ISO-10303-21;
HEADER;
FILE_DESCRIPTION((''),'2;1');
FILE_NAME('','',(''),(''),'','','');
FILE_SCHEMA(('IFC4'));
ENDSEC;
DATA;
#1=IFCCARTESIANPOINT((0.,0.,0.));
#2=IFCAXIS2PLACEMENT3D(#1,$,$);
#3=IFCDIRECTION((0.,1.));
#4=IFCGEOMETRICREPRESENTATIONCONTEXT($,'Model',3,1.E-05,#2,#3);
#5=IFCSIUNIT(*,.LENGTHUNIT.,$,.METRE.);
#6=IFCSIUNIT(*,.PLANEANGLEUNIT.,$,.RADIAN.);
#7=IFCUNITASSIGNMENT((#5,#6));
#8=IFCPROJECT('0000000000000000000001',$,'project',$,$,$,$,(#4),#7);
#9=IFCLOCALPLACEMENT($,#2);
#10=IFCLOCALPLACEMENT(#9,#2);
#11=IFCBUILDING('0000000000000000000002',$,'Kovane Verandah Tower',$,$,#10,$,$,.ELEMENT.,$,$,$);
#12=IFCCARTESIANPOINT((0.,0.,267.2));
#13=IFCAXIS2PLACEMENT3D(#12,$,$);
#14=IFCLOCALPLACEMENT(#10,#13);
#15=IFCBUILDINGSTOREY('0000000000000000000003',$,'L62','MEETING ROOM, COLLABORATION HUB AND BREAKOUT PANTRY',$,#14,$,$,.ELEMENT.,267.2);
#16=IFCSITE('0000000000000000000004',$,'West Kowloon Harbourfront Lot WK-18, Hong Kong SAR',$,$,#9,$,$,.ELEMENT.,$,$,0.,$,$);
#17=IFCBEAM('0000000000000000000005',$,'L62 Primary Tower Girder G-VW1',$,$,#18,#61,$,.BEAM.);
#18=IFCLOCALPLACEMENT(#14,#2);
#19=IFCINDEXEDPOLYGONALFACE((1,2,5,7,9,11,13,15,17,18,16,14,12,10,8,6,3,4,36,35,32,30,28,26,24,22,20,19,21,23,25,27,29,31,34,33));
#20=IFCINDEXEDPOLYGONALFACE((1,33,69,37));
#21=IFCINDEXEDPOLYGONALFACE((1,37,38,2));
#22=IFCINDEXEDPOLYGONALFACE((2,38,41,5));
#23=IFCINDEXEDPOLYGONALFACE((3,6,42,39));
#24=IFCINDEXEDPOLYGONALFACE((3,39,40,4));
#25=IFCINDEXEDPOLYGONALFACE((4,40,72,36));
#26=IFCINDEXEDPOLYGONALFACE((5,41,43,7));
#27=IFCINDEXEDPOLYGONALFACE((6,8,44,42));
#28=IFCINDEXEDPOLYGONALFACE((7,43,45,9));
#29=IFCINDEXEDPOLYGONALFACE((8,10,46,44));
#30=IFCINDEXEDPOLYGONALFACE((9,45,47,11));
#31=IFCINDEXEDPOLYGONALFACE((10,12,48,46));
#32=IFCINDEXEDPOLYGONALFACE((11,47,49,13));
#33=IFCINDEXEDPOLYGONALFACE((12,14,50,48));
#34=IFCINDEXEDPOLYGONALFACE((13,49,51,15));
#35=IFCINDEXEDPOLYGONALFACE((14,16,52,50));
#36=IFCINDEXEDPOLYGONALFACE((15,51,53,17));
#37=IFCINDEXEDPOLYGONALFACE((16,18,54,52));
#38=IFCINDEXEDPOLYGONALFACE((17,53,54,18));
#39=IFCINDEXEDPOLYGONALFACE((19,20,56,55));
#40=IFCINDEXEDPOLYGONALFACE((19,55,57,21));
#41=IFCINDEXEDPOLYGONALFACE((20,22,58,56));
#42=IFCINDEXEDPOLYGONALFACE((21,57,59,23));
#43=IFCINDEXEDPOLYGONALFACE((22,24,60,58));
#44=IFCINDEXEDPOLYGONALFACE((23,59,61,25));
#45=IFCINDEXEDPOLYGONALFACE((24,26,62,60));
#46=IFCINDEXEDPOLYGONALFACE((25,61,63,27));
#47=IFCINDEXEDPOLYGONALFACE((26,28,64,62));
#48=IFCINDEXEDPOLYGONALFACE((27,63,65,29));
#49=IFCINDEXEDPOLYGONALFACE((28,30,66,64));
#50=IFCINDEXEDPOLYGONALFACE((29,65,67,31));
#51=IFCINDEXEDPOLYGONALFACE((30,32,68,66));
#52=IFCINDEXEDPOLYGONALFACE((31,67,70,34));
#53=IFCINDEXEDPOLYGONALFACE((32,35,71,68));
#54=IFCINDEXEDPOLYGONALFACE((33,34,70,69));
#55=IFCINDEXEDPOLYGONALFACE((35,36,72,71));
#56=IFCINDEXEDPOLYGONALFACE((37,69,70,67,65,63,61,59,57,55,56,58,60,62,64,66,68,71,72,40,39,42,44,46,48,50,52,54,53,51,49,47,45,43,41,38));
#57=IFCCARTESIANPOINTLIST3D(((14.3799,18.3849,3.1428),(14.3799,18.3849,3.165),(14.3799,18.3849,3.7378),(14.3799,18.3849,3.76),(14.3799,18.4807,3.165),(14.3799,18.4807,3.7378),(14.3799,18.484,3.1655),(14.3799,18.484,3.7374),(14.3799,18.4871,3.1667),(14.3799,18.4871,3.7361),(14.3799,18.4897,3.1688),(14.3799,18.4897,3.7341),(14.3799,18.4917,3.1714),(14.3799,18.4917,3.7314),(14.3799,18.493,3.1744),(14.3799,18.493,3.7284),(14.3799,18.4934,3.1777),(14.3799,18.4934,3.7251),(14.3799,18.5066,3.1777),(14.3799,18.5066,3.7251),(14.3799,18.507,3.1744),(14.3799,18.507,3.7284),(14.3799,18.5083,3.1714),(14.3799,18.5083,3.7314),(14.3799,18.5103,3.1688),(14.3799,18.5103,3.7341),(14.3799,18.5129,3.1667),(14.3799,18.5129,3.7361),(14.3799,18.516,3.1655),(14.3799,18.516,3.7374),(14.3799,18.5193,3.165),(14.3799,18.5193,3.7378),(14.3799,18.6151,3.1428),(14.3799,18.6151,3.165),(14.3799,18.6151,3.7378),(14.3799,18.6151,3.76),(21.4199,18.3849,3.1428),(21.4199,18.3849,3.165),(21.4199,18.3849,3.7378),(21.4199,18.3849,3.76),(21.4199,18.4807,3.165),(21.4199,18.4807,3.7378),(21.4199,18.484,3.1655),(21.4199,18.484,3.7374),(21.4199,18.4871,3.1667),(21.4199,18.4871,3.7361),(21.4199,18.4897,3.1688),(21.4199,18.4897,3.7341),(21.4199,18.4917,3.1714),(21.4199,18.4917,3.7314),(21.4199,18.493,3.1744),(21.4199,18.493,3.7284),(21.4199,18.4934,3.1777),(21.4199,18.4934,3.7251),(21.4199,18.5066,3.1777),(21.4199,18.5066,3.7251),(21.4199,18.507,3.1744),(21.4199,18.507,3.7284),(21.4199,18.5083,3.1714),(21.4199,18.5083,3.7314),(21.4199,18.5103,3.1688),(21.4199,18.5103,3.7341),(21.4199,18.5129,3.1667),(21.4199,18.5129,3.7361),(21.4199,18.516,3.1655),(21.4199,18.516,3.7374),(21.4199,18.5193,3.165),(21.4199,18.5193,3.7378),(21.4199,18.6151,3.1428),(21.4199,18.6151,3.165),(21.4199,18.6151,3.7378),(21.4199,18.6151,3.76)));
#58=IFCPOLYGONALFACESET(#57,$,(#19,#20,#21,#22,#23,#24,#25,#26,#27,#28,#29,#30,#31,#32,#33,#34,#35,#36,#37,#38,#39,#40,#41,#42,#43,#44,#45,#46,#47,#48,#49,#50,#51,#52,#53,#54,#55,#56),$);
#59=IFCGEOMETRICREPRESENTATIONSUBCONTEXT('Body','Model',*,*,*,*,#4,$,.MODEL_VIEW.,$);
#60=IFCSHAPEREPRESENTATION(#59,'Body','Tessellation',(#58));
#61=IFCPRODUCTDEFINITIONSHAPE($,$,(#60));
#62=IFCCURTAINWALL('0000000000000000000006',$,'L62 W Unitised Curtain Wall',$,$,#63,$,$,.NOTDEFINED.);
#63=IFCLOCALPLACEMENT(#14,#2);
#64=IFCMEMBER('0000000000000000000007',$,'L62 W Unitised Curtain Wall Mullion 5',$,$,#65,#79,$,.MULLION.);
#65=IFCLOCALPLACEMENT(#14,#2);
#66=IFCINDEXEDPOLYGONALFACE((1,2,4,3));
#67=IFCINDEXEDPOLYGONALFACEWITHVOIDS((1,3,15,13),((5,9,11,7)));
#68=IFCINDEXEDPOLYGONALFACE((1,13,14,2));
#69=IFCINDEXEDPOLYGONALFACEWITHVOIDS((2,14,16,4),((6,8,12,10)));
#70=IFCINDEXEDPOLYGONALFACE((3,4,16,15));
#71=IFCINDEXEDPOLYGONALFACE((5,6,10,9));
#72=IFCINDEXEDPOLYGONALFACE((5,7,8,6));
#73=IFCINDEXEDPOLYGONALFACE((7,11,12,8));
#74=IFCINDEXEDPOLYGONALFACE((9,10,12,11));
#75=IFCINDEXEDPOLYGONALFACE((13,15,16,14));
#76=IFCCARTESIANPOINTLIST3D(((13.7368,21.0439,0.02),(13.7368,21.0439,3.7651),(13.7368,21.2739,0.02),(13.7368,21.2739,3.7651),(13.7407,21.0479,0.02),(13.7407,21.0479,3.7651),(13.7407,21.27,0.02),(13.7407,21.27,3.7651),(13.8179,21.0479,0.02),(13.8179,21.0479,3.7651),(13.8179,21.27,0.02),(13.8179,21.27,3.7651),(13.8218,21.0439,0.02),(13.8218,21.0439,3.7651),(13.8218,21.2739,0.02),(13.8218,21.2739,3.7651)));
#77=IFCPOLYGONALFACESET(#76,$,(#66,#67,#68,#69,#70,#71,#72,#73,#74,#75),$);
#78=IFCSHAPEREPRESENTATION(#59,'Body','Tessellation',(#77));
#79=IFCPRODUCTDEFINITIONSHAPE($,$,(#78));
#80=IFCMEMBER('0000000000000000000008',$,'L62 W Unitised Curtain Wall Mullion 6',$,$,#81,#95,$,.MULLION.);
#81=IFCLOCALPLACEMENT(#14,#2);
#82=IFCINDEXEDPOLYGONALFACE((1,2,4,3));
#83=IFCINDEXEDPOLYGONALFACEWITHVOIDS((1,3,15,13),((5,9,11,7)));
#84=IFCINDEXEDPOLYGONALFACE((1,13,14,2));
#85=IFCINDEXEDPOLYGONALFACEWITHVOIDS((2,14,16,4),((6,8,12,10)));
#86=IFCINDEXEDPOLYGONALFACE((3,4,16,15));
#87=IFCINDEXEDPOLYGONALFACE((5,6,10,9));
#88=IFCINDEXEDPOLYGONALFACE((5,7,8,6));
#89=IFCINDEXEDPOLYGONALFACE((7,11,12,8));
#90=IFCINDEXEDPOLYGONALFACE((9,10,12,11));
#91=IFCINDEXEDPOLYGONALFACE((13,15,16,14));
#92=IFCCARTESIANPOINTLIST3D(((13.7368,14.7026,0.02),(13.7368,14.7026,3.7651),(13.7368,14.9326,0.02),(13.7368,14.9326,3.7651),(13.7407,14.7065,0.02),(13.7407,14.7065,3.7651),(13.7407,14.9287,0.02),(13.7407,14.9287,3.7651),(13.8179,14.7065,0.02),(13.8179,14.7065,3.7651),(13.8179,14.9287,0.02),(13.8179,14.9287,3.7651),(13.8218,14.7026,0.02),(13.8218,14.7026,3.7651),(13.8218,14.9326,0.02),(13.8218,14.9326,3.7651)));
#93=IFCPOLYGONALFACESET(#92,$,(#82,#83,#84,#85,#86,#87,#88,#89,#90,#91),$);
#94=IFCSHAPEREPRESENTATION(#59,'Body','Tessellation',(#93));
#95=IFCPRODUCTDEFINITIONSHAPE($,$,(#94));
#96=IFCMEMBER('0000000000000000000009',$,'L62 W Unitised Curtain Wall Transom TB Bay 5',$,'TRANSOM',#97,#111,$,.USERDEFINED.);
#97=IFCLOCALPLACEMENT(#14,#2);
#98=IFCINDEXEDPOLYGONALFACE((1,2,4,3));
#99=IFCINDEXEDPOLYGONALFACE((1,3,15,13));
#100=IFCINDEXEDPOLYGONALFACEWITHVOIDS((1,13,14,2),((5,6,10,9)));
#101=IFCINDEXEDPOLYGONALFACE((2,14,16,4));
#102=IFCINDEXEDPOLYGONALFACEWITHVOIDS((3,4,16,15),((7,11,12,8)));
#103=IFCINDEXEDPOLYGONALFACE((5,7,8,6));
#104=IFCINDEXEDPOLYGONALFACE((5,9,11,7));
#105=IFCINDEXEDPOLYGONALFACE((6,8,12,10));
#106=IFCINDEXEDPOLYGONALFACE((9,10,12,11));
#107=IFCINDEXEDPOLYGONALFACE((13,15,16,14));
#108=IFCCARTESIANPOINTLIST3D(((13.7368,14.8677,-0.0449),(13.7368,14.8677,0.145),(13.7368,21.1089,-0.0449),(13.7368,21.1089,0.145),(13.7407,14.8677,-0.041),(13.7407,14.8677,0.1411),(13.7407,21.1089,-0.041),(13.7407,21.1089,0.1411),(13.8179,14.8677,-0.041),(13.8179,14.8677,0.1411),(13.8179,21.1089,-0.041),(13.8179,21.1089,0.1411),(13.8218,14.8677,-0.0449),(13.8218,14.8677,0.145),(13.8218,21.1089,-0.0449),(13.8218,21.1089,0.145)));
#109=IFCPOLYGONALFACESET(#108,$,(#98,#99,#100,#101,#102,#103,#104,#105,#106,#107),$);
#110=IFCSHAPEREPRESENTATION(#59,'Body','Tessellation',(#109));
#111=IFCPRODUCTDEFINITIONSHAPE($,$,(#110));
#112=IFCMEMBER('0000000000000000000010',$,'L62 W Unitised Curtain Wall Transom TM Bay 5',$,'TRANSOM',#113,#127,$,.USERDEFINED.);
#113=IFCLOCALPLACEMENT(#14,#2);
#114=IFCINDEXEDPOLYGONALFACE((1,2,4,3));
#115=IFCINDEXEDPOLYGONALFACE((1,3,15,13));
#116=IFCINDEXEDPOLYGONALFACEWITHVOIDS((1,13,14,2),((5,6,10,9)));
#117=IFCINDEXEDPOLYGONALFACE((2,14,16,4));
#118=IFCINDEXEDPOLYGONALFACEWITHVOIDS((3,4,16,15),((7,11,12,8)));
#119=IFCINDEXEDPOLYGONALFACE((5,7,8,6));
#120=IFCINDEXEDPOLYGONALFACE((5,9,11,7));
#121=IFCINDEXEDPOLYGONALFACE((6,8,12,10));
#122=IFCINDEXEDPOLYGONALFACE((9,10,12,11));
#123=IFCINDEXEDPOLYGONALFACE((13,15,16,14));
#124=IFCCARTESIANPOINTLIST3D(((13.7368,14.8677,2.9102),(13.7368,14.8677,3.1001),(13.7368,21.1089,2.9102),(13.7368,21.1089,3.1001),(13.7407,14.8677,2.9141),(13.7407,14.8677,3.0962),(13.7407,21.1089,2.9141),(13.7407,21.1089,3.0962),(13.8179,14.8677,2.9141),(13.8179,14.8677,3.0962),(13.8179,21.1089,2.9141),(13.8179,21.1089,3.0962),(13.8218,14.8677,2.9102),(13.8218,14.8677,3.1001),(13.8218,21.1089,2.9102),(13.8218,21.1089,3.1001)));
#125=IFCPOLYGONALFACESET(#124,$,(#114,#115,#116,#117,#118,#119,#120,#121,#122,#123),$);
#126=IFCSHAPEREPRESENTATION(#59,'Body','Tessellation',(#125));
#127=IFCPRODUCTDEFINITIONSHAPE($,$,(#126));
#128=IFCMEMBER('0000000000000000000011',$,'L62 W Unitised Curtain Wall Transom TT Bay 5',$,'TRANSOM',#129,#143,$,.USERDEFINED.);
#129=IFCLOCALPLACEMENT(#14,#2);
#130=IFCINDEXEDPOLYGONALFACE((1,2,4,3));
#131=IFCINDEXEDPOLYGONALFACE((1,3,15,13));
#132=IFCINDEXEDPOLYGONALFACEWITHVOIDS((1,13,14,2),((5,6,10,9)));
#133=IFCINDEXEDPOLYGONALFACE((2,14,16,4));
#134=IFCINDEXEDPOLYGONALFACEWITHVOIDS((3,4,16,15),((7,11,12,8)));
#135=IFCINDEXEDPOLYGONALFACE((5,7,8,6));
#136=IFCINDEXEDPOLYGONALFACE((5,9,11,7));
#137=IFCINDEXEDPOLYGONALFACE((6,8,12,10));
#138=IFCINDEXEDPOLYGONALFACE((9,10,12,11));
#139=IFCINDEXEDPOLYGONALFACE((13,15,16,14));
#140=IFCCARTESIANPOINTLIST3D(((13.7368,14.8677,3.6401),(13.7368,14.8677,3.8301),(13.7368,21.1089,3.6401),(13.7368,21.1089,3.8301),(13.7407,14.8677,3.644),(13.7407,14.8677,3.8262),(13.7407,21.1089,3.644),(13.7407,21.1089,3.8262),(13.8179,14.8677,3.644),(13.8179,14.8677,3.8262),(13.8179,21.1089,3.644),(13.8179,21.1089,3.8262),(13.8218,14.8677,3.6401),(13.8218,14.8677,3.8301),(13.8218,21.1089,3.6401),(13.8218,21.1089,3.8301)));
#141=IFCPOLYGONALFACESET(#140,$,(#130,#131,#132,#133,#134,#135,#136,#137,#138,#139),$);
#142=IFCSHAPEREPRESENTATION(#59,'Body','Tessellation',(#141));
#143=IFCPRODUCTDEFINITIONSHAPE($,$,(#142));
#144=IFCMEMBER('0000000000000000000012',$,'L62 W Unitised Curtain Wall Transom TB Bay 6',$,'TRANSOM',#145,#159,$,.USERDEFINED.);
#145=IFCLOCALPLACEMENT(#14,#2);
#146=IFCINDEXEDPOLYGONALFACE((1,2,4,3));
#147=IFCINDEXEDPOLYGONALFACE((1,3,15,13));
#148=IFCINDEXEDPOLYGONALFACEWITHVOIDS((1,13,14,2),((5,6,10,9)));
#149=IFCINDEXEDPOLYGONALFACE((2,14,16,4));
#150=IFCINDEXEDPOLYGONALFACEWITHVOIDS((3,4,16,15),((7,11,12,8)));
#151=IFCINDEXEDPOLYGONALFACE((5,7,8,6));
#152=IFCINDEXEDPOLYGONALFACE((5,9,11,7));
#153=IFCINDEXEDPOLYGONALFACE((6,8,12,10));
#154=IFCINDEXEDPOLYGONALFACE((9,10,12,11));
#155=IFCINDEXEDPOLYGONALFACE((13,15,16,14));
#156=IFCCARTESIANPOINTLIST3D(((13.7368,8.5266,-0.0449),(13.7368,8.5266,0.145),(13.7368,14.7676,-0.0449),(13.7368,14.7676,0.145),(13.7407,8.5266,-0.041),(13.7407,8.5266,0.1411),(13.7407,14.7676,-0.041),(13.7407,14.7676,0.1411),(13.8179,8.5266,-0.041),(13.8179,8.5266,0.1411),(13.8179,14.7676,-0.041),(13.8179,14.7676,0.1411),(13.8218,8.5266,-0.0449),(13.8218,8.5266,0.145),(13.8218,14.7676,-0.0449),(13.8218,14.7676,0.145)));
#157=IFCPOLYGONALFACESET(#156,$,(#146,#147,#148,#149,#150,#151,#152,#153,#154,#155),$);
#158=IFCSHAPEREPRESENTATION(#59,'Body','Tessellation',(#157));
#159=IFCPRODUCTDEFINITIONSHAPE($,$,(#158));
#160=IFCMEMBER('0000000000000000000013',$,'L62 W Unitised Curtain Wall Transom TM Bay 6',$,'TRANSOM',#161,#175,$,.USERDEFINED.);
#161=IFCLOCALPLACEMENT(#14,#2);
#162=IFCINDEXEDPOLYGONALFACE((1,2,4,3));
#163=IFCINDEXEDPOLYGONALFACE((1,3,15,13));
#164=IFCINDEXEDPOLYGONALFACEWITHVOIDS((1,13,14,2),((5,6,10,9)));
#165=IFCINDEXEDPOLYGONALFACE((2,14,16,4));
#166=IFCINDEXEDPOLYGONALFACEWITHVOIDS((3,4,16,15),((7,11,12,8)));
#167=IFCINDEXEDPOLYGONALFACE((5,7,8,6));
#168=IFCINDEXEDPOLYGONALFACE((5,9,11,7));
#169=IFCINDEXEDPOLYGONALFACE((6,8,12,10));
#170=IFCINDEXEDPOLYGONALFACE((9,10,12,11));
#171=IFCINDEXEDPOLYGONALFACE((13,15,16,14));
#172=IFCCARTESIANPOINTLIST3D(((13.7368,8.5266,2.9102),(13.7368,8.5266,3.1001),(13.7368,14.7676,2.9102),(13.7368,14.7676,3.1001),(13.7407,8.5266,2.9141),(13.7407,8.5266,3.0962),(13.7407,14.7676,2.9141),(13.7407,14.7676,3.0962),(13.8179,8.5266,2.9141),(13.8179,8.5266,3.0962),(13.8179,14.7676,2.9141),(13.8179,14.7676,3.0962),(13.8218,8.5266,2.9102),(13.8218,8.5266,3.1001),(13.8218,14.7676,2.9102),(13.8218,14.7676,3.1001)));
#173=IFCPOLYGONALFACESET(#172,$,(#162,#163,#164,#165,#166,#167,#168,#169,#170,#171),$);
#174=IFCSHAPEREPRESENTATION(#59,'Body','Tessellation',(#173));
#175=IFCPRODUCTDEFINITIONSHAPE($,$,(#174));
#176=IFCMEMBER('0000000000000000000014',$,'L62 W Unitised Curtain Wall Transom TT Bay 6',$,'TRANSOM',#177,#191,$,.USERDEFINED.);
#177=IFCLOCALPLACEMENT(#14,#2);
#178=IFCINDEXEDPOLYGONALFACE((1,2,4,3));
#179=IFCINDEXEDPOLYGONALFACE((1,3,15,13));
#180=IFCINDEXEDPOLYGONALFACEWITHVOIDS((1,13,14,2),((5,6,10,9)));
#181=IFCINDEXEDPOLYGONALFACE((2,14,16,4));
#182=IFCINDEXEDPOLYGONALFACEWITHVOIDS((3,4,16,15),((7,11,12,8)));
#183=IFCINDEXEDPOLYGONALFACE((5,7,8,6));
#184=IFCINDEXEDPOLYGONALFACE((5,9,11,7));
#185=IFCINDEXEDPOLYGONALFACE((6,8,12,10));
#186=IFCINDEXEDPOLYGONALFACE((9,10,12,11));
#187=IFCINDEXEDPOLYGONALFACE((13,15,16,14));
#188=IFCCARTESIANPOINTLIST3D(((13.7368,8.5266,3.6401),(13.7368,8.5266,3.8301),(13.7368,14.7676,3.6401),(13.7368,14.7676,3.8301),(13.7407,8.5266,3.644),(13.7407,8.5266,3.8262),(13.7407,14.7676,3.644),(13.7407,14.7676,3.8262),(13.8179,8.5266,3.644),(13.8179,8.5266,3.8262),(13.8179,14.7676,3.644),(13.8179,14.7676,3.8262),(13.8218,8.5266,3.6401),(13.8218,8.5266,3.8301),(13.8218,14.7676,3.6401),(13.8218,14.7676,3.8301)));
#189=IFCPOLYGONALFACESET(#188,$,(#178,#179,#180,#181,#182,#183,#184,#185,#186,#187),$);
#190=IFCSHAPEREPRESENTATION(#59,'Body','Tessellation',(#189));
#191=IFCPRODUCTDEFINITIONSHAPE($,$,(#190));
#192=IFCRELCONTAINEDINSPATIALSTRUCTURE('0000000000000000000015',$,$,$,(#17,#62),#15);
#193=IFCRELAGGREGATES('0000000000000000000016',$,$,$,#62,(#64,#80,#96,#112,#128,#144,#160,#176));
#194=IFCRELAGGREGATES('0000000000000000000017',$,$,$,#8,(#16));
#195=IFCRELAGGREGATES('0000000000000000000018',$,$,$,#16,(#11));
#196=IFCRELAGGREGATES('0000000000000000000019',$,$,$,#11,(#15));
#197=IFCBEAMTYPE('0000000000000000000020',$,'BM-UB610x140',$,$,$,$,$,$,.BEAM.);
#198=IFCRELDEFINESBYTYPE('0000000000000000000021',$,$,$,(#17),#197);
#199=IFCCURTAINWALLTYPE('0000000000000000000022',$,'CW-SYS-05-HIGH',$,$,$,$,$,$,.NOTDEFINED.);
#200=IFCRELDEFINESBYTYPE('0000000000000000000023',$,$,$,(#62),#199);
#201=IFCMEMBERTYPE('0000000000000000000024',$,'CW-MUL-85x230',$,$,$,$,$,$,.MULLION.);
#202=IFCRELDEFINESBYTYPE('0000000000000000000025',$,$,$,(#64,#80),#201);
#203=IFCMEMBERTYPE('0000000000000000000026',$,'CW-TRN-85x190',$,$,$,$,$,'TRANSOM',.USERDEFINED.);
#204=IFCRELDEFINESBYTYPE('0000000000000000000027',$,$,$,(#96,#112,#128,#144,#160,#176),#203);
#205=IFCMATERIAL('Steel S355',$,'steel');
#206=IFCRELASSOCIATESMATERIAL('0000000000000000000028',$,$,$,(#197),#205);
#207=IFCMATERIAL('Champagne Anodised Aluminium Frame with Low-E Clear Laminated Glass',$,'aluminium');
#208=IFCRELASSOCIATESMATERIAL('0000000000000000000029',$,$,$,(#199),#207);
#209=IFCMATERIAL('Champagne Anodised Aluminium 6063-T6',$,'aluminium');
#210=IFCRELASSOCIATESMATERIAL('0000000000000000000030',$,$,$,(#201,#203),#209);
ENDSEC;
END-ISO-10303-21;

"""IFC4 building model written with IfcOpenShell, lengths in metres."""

from ifc_helpers import new_model, si_unit, direction, frame, origin, origin_2d, place, context, subcontext, project, spatial, hollow_rectangle, i_section, extrude, material, material_profile, profile_set, type_object, element, aggregate, save


model = new_model("IFC4")

# Units and contexts
model_context = context("Model", 3, precision=1e-05, world=origin(), true_north=direction((0.0, 1.0)))
body_context = subcontext(model_context, "Body", "Model", "MODEL_VIEW")
ifc_project = project(units=[si_unit("LENGTHUNIT", "METRE"), si_unit("PLANEANGLEUNIT", "RADIAN")], contexts=[model_context])

# Site, building, storey
site_placement = place(None, origin())
site = spatial("IfcSite", under=ifc_project, at=site_placement, Name="West Kowloon Harbourfront Lot WK-18, Hong Kong SAR", CompositionType="ELEMENT", RefElevation=0.0)
building_placement = place(site_placement, origin())
building = spatial("IfcBuilding", under=site, at=building_placement, Name="Kovane Verandah Tower", CompositionType="ELEMENT")
storey_placement = place(building_placement, frame((0.0, 0.0, 267.2)))
storey = spatial("IfcBuildingStorey", under=building, at=storey_placement, Name="L62", Description="MEETING ROOM, COLLABORATION HUB AND BREAKOUT PANTRY", CompositionType="ELEMENT", Elevation=267.2)

# Beam
ifc_material_1 = material(Name="Steel S355", Category="steel")
ifc_material_profile_1 = material_profile(ifc_material_1, i_section(OverallWidth=0.2302, OverallDepth=0.6172, WebThickness=0.0132, FlangeThickness=0.0222, FilletRadius=0.0127, at=origin_2d()), Name="UB610x229x140")
ifc_profile_set_1 = profile_set([ifc_material_profile_1], Name="Steel S355")
beam_type_1 = type_object("IfcBeamType", Name="BM-UB610x140", PredefinedType="BEAM", material=ifc_profile_set_1)
beam_1_placement = place(storey_placement, frame((21.4199, 18.5, 3.4514), z_axis=(-1.0, 0.0, 0.0), x_axis=(0.0, -1.0, 0.0)))
element("IfcBeam", 1, at=beam_1_placement, inside=storey, type_object=beam_type_1, Name="L62 Primary Tower Girder G-VW1", PredefinedType="BEAM", context=body_context, shape_type="SweptSolid", body=[
    extrude(i_section(OverallWidth=0.2302, OverallDepth=0.6172, WebThickness=0.0132, FlangeThickness=0.0222, FilletRadius=0.0127, at=origin_2d()), origin(), (0.0, 0.0, 1.0), 7.04),
])

# Curtain wall, members
ifc_material_2 = material(Name="Champagne Anodised Aluminium Frame with Low-E Clear Laminated Glass", Category="aluminium")
curtain_wall_type = type_object("IfcCurtainWallType", Name="CW-SYS-05-HIGH", PredefinedType="NOTDEFINED", material=ifc_material_2)
curtain_wall_placement = place(storey_placement, origin())
curtain_wall = element("IfcCurtainWall", 2, at=curtain_wall_placement, inside=storey, type_object=curtain_wall_type, Name="L62 W Unitised Curtain Wall", PredefinedType="NOTDEFINED")
ifc_material_3 = material(Name="Champagne Anodised Aluminium 6063-T6", Category="aluminium")
ifc_material_profile_2 = material_profile(ifc_material_3, hollow_rectangle(XDim=0.085, YDim=0.23, WallThickness=0.0039, at=origin_2d()), Name="AL85x230x4")
ifc_profile_set_2 = profile_set([ifc_material_profile_2], Name="Champagne Anodised Aluminium 6063-T6")
member_type_1 = type_object("IfcMemberType", Name="CW-MUL-85x230", PredefinedType="MULLION", material=ifc_profile_set_2)
member_1_placement = place(storey_placement, frame((13.7793, 21.1589, 0.02), z_axis=(0.0, 0.0, 1.0), x_axis=(-1.0, 0.0, 0.0)))
member_1 = element("IfcMember", 3, at=member_1_placement, type_object=member_type_1, Name="L62 W Unitised Curtain Wall Mullion 5", PredefinedType="MULLION", context=body_context, shape_type="SweptSolid", body=[
    extrude(hollow_rectangle(XDim=0.085, YDim=0.23, WallThickness=0.0039, at=origin_2d()), origin(), (0.0, 0.0, 1.0), 3.7451),
])
member_2_placement = place(storey_placement, frame((13.7793, 14.8176, 0.02), z_axis=(0.0, 0.0, 1.0), x_axis=(-1.0, 0.0, 0.0)))
member_2 = element("IfcMember", 4, at=member_2_placement, type_object=member_type_1, Name="L62 W Unitised Curtain Wall Mullion 6", PredefinedType="MULLION", context=body_context, shape_type="SweptSolid", body=[
    extrude(hollow_rectangle(XDim=0.085, YDim=0.23, WallThickness=0.0039, at=origin_2d()), origin(), (0.0, 0.0, 1.0), 3.7451),
])
ifc_material_profile_3 = material_profile(ifc_material_3, hollow_rectangle(XDim=0.085, YDim=0.1899, WallThickness=0.0039, at=origin_2d()), Name="AL85x190x4")
ifc_profile_set_3 = profile_set([ifc_material_profile_3], Name="Champagne Anodised Aluminium 6063-T6")
member_type_2 = type_object("IfcMemberType", Name="CW-TRN-85x190", ElementType="TRANSOM", PredefinedType="USERDEFINED", material=ifc_profile_set_3)
member_3_placement = place(storey_placement, frame((13.7793, 21.1089, 0.05), z_axis=(0.0, -1.0, 0.0), x_axis=(1.0, 0.0, 0.0)))
member_3 = element("IfcMember", 5, at=member_3_placement, type_object=member_type_2, Name="L62 W Unitised Curtain Wall Transom TB Bay 5", ObjectType="TRANSOM", PredefinedType="USERDEFINED", context=body_context, shape_type="SweptSolid", body=[
    extrude(hollow_rectangle(XDim=0.085, YDim=0.1899, WallThickness=0.0039, at=origin_2d()), origin(), (0.0, 0.0, 1.0), 6.2412),
])
member_4_placement = place(storey_placement, frame((13.7793, 21.1089, 3.0051), z_axis=(0.0, -1.0, 0.0), x_axis=(1.0, 0.0, 0.0)))
member_4 = element("IfcMember", 6, at=member_4_placement, type_object=member_type_2, Name="L62 W Unitised Curtain Wall Transom TM Bay 5", ObjectType="TRANSOM", PredefinedType="USERDEFINED", context=body_context, shape_type="SweptSolid", body=[
    extrude(hollow_rectangle(XDim=0.085, YDim=0.1899, WallThickness=0.0039, at=origin_2d()), origin(), (0.0, 0.0, 1.0), 6.2412),
])
member_5_placement = place(storey_placement, frame((13.7793, 21.1089, 3.7351), z_axis=(0.0, -1.0, 0.0), x_axis=(1.0, 0.0, 0.0)))
member_5 = element("IfcMember", 7, at=member_5_placement, type_object=member_type_2, Name="L62 W Unitised Curtain Wall Transom TT Bay 5", ObjectType="TRANSOM", PredefinedType="USERDEFINED", context=body_context, shape_type="SweptSolid", body=[
    extrude(hollow_rectangle(XDim=0.085, YDim=0.1899, WallThickness=0.0039, at=origin_2d()), origin(), (0.0, 0.0, 1.0), 6.2412),
])
member_6_placement = place(storey_placement, frame((13.7793, 14.7676, 0.05), z_axis=(0.0, -1.0, 0.0), x_axis=(1.0, 0.0, 0.0)))
member_6 = element("IfcMember", 8, at=member_6_placement, type_object=member_type_2, Name="L62 W Unitised Curtain Wall Transom TB Bay 6", ObjectType="TRANSOM", PredefinedType="USERDEFINED", context=body_context, shape_type="SweptSolid", body=[
    extrude(hollow_rectangle(XDim=0.085, YDim=0.1899, WallThickness=0.0039, at=origin_2d()), origin(), (0.0, 0.0, 1.0), 6.241),
])
member_7_placement = place(storey_placement, frame((13.7793, 14.7676, 3.0051), z_axis=(0.0, -1.0, 0.0), x_axis=(1.0, 0.0, 0.0)))
member_7 = element("IfcMember", 9, at=member_7_placement, type_object=member_type_2, Name="L62 W Unitised Curtain Wall Transom TM Bay 6", ObjectType="TRANSOM", PredefinedType="USERDEFINED", context=body_context, shape_type="SweptSolid", body=[
    extrude(hollow_rectangle(XDim=0.085, YDim=0.1899, WallThickness=0.0039, at=origin_2d()), origin(), (0.0, 0.0, 1.0), 6.241),
])
member_8_placement = place(storey_placement, frame((13.7793, 14.7676, 3.7351), z_axis=(0.0, -1.0, 0.0), x_axis=(1.0, 0.0, 0.0)))
member_8 = element("IfcMember", 10, at=member_8_placement, type_object=member_type_2, Name="L62 W Unitised Curtain Wall Transom TT Bay 6", ObjectType="TRANSOM", PredefinedType="USERDEFINED", context=body_context, shape_type="SweptSolid", body=[
    extrude(hollow_rectangle(XDim=0.085, YDim=0.1899, WallThickness=0.0039, at=origin_2d()), origin(), (0.0, 0.0, 1.0), 6.241),
])

aggregate(curtain_wall, [member_1, member_2, member_3, member_4, member_5, member_6, member_7, member_8])

save(model, "model.ifc")
